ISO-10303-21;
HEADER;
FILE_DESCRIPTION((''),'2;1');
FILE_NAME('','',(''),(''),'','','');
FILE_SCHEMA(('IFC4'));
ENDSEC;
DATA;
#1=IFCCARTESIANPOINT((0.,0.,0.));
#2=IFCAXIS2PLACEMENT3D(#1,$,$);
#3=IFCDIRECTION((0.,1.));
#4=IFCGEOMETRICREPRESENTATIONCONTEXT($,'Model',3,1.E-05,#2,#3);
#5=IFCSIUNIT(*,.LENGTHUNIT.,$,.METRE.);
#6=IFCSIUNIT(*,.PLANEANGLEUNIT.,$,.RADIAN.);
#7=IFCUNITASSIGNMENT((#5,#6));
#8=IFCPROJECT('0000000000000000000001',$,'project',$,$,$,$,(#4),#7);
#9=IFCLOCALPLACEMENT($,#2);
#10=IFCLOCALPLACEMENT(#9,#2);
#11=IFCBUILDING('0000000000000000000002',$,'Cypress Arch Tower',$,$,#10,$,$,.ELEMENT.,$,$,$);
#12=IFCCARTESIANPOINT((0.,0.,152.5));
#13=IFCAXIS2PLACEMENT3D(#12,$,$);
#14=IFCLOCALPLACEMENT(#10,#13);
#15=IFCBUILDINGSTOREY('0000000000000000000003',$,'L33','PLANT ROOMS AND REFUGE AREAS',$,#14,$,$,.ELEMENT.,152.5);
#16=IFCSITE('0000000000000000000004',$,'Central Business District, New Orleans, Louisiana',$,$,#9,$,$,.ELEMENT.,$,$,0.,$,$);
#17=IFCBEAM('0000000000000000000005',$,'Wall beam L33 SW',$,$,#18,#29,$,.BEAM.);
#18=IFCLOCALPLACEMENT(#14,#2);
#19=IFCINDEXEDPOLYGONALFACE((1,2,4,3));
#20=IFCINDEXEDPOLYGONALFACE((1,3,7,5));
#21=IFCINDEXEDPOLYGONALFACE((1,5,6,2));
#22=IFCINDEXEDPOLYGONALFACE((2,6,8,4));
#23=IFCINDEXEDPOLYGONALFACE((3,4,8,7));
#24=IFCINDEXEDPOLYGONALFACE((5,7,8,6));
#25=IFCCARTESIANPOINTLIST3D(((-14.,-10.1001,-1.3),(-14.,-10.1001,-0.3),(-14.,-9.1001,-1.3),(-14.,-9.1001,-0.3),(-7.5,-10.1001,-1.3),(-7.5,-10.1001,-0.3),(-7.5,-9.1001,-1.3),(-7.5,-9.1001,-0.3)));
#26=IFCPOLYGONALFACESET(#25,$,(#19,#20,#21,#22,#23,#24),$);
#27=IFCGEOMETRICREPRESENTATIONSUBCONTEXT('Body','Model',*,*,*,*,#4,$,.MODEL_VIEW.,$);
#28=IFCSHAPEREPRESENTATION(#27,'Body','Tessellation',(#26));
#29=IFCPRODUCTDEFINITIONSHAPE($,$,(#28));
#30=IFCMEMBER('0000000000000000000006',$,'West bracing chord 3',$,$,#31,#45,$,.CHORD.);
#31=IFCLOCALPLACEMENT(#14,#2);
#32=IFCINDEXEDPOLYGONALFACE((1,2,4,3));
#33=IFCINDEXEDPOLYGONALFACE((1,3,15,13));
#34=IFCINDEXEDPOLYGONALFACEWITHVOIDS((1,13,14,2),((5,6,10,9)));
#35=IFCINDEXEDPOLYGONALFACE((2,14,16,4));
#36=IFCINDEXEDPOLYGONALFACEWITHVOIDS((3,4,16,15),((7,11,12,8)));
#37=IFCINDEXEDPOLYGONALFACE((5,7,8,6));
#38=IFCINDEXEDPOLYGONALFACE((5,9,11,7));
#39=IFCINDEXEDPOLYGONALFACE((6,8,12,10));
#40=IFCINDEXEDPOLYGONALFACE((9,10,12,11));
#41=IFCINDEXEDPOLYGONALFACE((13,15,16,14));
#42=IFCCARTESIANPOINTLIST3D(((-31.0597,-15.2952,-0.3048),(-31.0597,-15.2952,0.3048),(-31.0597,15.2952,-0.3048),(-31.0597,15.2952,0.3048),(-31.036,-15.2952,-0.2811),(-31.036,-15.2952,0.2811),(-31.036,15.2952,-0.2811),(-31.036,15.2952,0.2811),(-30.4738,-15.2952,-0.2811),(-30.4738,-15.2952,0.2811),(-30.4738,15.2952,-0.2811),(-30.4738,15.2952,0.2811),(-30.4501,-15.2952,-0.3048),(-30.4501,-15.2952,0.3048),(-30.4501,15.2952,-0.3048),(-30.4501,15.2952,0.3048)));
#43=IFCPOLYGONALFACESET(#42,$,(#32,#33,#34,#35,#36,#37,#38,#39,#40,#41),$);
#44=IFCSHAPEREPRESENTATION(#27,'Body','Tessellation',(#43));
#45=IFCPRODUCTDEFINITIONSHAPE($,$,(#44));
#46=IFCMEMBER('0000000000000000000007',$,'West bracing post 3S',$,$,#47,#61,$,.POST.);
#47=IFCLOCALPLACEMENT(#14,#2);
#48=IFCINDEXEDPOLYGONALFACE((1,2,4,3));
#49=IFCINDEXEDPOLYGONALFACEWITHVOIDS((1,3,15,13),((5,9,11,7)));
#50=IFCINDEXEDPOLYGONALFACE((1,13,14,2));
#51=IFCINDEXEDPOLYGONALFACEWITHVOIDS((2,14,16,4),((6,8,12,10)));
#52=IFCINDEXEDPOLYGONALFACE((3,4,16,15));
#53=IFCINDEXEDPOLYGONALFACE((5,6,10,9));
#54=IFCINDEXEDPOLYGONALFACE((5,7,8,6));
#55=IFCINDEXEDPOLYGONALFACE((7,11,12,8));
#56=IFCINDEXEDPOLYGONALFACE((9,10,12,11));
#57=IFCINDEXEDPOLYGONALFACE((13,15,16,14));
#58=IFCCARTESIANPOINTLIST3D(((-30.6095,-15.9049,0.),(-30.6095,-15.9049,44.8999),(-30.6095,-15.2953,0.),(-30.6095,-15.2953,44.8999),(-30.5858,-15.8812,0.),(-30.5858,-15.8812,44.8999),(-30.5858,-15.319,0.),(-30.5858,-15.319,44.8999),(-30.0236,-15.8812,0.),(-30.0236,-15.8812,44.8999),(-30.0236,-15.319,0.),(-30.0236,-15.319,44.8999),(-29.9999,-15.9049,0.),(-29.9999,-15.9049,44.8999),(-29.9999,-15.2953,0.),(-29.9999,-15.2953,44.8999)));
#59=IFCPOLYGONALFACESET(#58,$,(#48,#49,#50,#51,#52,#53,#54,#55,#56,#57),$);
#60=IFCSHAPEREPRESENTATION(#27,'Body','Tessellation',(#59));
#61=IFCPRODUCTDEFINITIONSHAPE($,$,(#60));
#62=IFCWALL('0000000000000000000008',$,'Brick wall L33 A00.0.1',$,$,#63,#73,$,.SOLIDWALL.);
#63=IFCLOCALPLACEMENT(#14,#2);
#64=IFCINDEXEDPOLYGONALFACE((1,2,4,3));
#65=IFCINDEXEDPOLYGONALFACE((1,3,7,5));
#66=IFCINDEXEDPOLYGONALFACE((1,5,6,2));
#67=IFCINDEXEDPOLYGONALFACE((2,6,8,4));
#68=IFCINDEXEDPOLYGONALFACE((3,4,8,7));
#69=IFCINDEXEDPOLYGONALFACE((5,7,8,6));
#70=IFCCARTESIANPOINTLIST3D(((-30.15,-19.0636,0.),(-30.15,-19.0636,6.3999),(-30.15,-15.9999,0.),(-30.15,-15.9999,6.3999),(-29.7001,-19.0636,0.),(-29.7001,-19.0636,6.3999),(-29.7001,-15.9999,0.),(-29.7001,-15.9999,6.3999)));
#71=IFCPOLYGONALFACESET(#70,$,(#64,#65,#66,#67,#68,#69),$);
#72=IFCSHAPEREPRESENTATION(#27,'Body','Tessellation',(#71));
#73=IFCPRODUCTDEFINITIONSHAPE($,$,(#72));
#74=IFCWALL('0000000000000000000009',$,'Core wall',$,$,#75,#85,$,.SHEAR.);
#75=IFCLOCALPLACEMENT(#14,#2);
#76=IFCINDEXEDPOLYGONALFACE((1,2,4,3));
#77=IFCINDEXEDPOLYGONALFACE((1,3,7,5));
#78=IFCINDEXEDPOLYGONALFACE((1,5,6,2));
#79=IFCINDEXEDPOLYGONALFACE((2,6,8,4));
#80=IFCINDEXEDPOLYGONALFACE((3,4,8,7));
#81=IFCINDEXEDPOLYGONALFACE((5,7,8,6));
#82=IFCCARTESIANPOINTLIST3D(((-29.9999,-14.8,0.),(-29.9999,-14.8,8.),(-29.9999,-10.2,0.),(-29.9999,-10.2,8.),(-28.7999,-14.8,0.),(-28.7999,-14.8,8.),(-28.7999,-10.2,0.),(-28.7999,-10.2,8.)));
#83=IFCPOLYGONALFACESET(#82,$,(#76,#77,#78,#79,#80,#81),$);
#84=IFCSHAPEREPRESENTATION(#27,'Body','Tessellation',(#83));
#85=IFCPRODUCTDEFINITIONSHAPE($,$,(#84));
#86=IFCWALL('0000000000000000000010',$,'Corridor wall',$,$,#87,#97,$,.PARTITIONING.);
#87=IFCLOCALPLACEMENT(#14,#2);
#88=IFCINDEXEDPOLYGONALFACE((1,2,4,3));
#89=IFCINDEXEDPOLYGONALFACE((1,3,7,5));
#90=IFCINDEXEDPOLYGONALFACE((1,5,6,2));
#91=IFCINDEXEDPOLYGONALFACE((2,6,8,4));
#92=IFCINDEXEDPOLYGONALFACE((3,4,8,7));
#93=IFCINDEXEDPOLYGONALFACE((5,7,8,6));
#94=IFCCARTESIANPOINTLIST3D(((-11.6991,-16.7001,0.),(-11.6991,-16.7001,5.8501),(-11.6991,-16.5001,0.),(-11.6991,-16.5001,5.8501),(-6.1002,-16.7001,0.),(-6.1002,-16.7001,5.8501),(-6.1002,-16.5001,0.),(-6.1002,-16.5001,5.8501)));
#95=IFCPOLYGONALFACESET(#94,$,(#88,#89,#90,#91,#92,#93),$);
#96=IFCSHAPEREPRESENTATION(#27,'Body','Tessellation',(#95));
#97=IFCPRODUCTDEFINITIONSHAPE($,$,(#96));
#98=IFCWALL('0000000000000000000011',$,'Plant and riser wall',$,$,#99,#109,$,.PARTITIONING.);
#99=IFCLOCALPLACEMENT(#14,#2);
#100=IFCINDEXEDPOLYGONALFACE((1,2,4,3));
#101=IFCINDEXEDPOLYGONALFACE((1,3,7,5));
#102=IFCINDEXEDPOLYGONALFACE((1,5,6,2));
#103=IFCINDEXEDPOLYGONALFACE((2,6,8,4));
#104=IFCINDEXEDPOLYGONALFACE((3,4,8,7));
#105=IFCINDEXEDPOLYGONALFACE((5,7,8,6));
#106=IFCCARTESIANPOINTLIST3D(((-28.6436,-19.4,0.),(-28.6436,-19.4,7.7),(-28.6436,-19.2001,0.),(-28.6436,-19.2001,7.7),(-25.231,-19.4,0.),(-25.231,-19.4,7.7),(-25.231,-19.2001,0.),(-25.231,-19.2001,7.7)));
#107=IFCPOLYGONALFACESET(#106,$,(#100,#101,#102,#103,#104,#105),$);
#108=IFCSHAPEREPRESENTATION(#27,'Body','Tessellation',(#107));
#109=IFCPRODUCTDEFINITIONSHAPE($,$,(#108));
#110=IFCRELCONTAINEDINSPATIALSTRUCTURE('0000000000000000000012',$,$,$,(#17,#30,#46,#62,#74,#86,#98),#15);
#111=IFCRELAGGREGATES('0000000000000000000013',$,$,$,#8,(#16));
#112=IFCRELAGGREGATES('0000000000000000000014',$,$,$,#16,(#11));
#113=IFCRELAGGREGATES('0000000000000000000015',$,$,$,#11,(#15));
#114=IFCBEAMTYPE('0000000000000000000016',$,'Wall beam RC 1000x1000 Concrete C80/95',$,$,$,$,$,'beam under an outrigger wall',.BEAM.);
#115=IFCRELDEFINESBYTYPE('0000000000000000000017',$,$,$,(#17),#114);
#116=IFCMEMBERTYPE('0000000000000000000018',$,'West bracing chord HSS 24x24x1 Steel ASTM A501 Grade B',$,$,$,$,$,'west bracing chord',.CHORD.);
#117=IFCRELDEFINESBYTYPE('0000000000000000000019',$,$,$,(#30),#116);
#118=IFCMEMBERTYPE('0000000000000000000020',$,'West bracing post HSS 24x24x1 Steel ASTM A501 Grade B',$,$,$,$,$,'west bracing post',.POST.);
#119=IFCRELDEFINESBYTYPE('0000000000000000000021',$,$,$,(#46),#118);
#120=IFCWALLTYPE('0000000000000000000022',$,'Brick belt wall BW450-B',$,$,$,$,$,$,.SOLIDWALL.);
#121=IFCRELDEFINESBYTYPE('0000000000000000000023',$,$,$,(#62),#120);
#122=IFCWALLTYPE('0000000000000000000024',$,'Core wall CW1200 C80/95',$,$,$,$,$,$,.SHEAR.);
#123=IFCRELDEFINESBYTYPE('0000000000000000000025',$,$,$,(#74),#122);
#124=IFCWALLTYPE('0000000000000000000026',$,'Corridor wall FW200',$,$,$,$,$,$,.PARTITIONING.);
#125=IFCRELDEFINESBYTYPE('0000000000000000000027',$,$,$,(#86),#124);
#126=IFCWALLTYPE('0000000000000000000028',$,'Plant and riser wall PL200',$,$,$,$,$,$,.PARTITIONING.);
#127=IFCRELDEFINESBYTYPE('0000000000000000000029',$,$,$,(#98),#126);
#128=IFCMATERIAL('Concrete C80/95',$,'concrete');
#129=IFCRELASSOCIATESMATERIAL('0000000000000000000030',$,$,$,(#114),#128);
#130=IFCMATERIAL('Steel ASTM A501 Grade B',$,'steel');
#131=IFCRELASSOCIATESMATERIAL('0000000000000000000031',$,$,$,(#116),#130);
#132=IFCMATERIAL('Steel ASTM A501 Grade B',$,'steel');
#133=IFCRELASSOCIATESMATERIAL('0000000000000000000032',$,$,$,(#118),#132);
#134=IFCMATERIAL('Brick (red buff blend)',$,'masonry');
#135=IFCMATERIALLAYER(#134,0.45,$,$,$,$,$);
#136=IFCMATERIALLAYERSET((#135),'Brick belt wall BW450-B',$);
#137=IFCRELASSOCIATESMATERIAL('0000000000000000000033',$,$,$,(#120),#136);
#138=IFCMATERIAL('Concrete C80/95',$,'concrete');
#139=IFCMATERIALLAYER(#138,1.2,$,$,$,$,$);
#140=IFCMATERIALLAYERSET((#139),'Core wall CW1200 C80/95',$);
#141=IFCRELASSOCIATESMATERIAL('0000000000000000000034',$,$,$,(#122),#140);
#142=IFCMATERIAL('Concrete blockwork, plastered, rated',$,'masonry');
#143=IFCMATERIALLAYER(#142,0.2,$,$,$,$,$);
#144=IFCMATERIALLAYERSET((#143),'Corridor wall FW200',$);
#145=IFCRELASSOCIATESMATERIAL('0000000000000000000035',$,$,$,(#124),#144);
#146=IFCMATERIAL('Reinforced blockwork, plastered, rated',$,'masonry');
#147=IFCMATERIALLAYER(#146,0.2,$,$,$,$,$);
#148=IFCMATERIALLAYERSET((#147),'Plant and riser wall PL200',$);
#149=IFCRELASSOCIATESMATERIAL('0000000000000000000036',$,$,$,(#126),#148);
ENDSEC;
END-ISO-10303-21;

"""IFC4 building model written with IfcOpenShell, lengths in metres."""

from ifc_helpers import new_model, si_unit, direction, frame, frame_2d, origin, origin_2d, place, context, subcontext, project, spatial, rectangle, hollow_rectangle, extrude, material, layer, layer_set, material_profile, profile_set, type_object, element, save


model = new_model("IFC4")

# Units and contexts
model_context = context("Model", 3, precision=1e-05, world=origin(), true_north=direction((0.0, 1.0)))
body_context = subcontext(model_context, "Body", "Model", "MODEL_VIEW")
ifc_project = project(units=[si_unit("LENGTHUNIT", "METRE"), si_unit("PLANEANGLEUNIT", "RADIAN")], contexts=[model_context])

# Site, building, storey
site_placement = place(None, origin())
site = spatial("IfcSite", under=ifc_project, at=site_placement, Name="Central Business District, New Orleans, Louisiana", CompositionType="ELEMENT", RefElevation=0.0)
building_placement = place(site_placement, origin())
building = spatial("IfcBuilding", under=site, at=building_placement, Name="Cypress Arch Tower", CompositionType="ELEMENT")
storey_placement = place(building_placement, frame((0.0, 0.0, 152.5)))
storey = spatial("IfcBuildingStorey", under=building, at=storey_placement, Name="L33", Description="PLANT ROOMS AND REFUGE AREAS", CompositionType="ELEMENT", Elevation=152.5)

# Beam
ifc_material_1 = material(Name="Concrete C80/95", Category="concrete")
ifc_material_profile_1 = material_profile(ifc_material_1, rectangle(XDim=1.0, YDim=1.0, at=origin_2d()), Name="RC 1000x1000")
ifc_profile_set_1 = profile_set([ifc_material_profile_1], Name="Concrete C80/95")
beam_type_1 = type_object("IfcBeamType", Name="Wall beam RC 1000x1000 Concrete C80/95", ElementType="beam under an outrigger wall", PredefinedType="BEAM", material=ifc_profile_set_1)
beam_1_placement = place(storey_placement, frame((-14.0, -9.6001, -0.8), z_axis=(1.0, 0.0, 0.0), x_axis=(0.0, 1.0, 0.0)))
element("IfcBeam", 1, at=beam_1_placement, inside=storey, type_object=beam_type_1, Name="Wall beam L33 SW", PredefinedType="BEAM", context=body_context, shape_type="SweptSolid", body=[
    extrude(rectangle(XDim=1.0, YDim=1.0, at=origin_2d()), origin(), (0.0, 0.0, 1.0), 6.5),
])

# Members
ifc_material_2 = material(Name="Steel ASTM A501 Grade B", Category="steel")
ifc_material_profile_2 = material_profile(ifc_material_2, hollow_rectangle(XDim=0.6096, YDim=0.6096, WallThickness=0.0237, at=origin_2d()), Name="HSS 24x24x1")
ifc_profile_set_2 = profile_set([ifc_material_profile_2], Name="Steel ASTM A501 Grade B")
member_type_1 = type_object("IfcMemberType", Name="West bracing chord HSS 24x24x1 Steel ASTM A501 Grade B", ElementType="west bracing chord", PredefinedType="CHORD", material=ifc_profile_set_2)
member_1_placement = place(storey_placement, frame((-30.7549, -15.2952, 0.0), z_axis=(0.0, 1.0, 0.0), x_axis=(-1.0, 0.0, 0.0)))
element("IfcMember", 2, at=member_1_placement, inside=storey, type_object=member_type_1, Name="West bracing chord 3", PredefinedType="CHORD", context=body_context, shape_type="SweptSolid", body=[
    extrude(hollow_rectangle(XDim=0.6096, YDim=0.6096, WallThickness=0.0237, at=origin_2d()), origin(), (0.0, 0.0, 1.0), 30.5903),
])
ifc_material_3 = material(Name="Steel ASTM A501 Grade B", Category="steel")
ifc_material_profile_3 = material_profile(ifc_material_3, hollow_rectangle(XDim=0.6096, YDim=0.6096, WallThickness=0.0237, at=origin_2d()), Name="HSS 24x24x1")
ifc_profile_set_3 = profile_set([ifc_material_profile_3], Name="Steel ASTM A501 Grade B")
member_type_2 = type_object("IfcMemberType", Name="West bracing post HSS 24x24x1 Steel ASTM A501 Grade B", ElementType="west bracing post", PredefinedType="POST", material=ifc_profile_set_3)
member_2_placement = place(storey_placement, frame((-30.3047, -15.6001, 0.0), z_axis=(0.0, 0.0, 1.0), x_axis=(1.0, 0.0, 0.0)))
element("IfcMember", 3, at=member_2_placement, inside=storey, type_object=member_type_2, Name="West bracing post 3S", PredefinedType="POST", context=body_context, shape_type="SweptSolid", body=[
    extrude(hollow_rectangle(XDim=0.6096, YDim=0.6096, WallThickness=0.0237, at=origin_2d()), origin(), (0.0, 0.0, 1.0), 44.8999),
])

# Wall
ifc_material_4 = material(Name="Brick (red buff blend)", Category="masonry")
ifc_layer_1 = layer(ifc_material_4, 0.45)
ifc_layer_set_1 = layer_set([ifc_layer_1], Name="Brick belt wall BW450-B")
wall_type_1 = type_object("IfcWallType", Name="Brick belt wall BW450-B", PredefinedType="SOLIDWALL", material=ifc_layer_set_1)
wall_1_placement = place(storey_placement, frame((-29.925, -16.0, 0.0), z_axis=(0.0, 0.0, 1.0), x_axis=(0.0, -1.0, 0.0)))
element("IfcWall", 4, at=wall_1_placement, inside=storey, type_object=wall_type_1, Name="Brick wall L33 A00.0.1", PredefinedType="SOLIDWALL", context=body_context, shape_type="SweptSolid", body=[
    extrude(rectangle(XDim=3.0637, YDim=0.45, at=frame_2d((1.5317, 0.0))), origin(), (0.0, 0.0, 1.0), 6.3999),
])

# Shared definitions
ifc_material_5 = material(Name="Concrete C80/95", Category="concrete")
ifc_layer_2 = layer(ifc_material_5, 1.2)
ifc_layer_set_2 = layer_set([ifc_layer_2], Name="Core wall CW1200 C80/95")
wall_type_2 = type_object("IfcWallType", Name="Core wall CW1200 C80/95", PredefinedType="SHEAR", material=ifc_layer_set_2)

# Walls
wall_2_placement = place(storey_placement, frame((-29.3999, -14.8, 0.0), z_axis=(0.0, 0.0, 1.0), x_axis=(0.0, 1.0, 0.0)))
element("IfcWall", 5, at=wall_2_placement, inside=storey, type_object=wall_type_2, Name="Core wall", PredefinedType="SHEAR", context=body_context, shape_type="SweptSolid", body=[
    extrude(rectangle(XDim=4.6001, YDim=1.2, at=frame_2d((2.3, 0.0))), origin(), (0.0, 0.0, 1.0), 8.0),
])
ifc_material_6 = material(Name="Concrete blockwork, plastered, rated", Category="masonry")
ifc_layer_3 = layer(ifc_material_6, 0.2)
ifc_layer_set_3 = layer_set([ifc_layer_3], Name="Corridor wall FW200")
wall_type_3 = type_object("IfcWallType", Name="Corridor wall FW200", PredefinedType="PARTITIONING", material=ifc_layer_set_3)
wall_3_placement = place(storey_placement, frame((-11.699, -16.6001, 0.0), z_axis=(0.0, 0.0, 1.0), x_axis=(1.0, 0.0, 0.0)))
element("IfcWall", 6, at=wall_3_placement, inside=storey, type_object=wall_type_3, Name="Corridor wall", PredefinedType="PARTITIONING", context=body_context, shape_type="SweptSolid", body=[
    extrude(rectangle(XDim=5.5989, YDim=0.2, at=frame_2d((2.7993, 0.0))), origin(), (0.0, 0.0, 1.0), 5.8501),
])
ifc_material_7 = material(Name="Reinforced blockwork, plastered, rated", Category="masonry")
ifc_layer_4 = layer(ifc_material_7, 0.2)
ifc_layer_set_4 = layer_set([ifc_layer_4], Name="Plant and riser wall PL200")
wall_type_4 = type_object("IfcWallType", Name="Plant and riser wall PL200", PredefinedType="PARTITIONING", material=ifc_layer_set_4)
wall_4_placement = place(storey_placement, frame((-28.6436, -19.3, 0.0), z_axis=(0.0, 0.0, 1.0), x_axis=(1.0, 0.0, 0.0)))
element("IfcWall", 7, at=wall_4_placement, inside=storey, type_object=wall_type_4, Name="Plant and riser wall", PredefinedType="PARTITIONING", context=body_context, shape_type="SweptSolid", body=[
    extrude(rectangle(XDim=3.4126, YDim=0.2, at=frame_2d((1.7063, 0.0))), origin(), (0.0, 0.0, 1.0), 7.7),
])

save(model, "model.ifc")
